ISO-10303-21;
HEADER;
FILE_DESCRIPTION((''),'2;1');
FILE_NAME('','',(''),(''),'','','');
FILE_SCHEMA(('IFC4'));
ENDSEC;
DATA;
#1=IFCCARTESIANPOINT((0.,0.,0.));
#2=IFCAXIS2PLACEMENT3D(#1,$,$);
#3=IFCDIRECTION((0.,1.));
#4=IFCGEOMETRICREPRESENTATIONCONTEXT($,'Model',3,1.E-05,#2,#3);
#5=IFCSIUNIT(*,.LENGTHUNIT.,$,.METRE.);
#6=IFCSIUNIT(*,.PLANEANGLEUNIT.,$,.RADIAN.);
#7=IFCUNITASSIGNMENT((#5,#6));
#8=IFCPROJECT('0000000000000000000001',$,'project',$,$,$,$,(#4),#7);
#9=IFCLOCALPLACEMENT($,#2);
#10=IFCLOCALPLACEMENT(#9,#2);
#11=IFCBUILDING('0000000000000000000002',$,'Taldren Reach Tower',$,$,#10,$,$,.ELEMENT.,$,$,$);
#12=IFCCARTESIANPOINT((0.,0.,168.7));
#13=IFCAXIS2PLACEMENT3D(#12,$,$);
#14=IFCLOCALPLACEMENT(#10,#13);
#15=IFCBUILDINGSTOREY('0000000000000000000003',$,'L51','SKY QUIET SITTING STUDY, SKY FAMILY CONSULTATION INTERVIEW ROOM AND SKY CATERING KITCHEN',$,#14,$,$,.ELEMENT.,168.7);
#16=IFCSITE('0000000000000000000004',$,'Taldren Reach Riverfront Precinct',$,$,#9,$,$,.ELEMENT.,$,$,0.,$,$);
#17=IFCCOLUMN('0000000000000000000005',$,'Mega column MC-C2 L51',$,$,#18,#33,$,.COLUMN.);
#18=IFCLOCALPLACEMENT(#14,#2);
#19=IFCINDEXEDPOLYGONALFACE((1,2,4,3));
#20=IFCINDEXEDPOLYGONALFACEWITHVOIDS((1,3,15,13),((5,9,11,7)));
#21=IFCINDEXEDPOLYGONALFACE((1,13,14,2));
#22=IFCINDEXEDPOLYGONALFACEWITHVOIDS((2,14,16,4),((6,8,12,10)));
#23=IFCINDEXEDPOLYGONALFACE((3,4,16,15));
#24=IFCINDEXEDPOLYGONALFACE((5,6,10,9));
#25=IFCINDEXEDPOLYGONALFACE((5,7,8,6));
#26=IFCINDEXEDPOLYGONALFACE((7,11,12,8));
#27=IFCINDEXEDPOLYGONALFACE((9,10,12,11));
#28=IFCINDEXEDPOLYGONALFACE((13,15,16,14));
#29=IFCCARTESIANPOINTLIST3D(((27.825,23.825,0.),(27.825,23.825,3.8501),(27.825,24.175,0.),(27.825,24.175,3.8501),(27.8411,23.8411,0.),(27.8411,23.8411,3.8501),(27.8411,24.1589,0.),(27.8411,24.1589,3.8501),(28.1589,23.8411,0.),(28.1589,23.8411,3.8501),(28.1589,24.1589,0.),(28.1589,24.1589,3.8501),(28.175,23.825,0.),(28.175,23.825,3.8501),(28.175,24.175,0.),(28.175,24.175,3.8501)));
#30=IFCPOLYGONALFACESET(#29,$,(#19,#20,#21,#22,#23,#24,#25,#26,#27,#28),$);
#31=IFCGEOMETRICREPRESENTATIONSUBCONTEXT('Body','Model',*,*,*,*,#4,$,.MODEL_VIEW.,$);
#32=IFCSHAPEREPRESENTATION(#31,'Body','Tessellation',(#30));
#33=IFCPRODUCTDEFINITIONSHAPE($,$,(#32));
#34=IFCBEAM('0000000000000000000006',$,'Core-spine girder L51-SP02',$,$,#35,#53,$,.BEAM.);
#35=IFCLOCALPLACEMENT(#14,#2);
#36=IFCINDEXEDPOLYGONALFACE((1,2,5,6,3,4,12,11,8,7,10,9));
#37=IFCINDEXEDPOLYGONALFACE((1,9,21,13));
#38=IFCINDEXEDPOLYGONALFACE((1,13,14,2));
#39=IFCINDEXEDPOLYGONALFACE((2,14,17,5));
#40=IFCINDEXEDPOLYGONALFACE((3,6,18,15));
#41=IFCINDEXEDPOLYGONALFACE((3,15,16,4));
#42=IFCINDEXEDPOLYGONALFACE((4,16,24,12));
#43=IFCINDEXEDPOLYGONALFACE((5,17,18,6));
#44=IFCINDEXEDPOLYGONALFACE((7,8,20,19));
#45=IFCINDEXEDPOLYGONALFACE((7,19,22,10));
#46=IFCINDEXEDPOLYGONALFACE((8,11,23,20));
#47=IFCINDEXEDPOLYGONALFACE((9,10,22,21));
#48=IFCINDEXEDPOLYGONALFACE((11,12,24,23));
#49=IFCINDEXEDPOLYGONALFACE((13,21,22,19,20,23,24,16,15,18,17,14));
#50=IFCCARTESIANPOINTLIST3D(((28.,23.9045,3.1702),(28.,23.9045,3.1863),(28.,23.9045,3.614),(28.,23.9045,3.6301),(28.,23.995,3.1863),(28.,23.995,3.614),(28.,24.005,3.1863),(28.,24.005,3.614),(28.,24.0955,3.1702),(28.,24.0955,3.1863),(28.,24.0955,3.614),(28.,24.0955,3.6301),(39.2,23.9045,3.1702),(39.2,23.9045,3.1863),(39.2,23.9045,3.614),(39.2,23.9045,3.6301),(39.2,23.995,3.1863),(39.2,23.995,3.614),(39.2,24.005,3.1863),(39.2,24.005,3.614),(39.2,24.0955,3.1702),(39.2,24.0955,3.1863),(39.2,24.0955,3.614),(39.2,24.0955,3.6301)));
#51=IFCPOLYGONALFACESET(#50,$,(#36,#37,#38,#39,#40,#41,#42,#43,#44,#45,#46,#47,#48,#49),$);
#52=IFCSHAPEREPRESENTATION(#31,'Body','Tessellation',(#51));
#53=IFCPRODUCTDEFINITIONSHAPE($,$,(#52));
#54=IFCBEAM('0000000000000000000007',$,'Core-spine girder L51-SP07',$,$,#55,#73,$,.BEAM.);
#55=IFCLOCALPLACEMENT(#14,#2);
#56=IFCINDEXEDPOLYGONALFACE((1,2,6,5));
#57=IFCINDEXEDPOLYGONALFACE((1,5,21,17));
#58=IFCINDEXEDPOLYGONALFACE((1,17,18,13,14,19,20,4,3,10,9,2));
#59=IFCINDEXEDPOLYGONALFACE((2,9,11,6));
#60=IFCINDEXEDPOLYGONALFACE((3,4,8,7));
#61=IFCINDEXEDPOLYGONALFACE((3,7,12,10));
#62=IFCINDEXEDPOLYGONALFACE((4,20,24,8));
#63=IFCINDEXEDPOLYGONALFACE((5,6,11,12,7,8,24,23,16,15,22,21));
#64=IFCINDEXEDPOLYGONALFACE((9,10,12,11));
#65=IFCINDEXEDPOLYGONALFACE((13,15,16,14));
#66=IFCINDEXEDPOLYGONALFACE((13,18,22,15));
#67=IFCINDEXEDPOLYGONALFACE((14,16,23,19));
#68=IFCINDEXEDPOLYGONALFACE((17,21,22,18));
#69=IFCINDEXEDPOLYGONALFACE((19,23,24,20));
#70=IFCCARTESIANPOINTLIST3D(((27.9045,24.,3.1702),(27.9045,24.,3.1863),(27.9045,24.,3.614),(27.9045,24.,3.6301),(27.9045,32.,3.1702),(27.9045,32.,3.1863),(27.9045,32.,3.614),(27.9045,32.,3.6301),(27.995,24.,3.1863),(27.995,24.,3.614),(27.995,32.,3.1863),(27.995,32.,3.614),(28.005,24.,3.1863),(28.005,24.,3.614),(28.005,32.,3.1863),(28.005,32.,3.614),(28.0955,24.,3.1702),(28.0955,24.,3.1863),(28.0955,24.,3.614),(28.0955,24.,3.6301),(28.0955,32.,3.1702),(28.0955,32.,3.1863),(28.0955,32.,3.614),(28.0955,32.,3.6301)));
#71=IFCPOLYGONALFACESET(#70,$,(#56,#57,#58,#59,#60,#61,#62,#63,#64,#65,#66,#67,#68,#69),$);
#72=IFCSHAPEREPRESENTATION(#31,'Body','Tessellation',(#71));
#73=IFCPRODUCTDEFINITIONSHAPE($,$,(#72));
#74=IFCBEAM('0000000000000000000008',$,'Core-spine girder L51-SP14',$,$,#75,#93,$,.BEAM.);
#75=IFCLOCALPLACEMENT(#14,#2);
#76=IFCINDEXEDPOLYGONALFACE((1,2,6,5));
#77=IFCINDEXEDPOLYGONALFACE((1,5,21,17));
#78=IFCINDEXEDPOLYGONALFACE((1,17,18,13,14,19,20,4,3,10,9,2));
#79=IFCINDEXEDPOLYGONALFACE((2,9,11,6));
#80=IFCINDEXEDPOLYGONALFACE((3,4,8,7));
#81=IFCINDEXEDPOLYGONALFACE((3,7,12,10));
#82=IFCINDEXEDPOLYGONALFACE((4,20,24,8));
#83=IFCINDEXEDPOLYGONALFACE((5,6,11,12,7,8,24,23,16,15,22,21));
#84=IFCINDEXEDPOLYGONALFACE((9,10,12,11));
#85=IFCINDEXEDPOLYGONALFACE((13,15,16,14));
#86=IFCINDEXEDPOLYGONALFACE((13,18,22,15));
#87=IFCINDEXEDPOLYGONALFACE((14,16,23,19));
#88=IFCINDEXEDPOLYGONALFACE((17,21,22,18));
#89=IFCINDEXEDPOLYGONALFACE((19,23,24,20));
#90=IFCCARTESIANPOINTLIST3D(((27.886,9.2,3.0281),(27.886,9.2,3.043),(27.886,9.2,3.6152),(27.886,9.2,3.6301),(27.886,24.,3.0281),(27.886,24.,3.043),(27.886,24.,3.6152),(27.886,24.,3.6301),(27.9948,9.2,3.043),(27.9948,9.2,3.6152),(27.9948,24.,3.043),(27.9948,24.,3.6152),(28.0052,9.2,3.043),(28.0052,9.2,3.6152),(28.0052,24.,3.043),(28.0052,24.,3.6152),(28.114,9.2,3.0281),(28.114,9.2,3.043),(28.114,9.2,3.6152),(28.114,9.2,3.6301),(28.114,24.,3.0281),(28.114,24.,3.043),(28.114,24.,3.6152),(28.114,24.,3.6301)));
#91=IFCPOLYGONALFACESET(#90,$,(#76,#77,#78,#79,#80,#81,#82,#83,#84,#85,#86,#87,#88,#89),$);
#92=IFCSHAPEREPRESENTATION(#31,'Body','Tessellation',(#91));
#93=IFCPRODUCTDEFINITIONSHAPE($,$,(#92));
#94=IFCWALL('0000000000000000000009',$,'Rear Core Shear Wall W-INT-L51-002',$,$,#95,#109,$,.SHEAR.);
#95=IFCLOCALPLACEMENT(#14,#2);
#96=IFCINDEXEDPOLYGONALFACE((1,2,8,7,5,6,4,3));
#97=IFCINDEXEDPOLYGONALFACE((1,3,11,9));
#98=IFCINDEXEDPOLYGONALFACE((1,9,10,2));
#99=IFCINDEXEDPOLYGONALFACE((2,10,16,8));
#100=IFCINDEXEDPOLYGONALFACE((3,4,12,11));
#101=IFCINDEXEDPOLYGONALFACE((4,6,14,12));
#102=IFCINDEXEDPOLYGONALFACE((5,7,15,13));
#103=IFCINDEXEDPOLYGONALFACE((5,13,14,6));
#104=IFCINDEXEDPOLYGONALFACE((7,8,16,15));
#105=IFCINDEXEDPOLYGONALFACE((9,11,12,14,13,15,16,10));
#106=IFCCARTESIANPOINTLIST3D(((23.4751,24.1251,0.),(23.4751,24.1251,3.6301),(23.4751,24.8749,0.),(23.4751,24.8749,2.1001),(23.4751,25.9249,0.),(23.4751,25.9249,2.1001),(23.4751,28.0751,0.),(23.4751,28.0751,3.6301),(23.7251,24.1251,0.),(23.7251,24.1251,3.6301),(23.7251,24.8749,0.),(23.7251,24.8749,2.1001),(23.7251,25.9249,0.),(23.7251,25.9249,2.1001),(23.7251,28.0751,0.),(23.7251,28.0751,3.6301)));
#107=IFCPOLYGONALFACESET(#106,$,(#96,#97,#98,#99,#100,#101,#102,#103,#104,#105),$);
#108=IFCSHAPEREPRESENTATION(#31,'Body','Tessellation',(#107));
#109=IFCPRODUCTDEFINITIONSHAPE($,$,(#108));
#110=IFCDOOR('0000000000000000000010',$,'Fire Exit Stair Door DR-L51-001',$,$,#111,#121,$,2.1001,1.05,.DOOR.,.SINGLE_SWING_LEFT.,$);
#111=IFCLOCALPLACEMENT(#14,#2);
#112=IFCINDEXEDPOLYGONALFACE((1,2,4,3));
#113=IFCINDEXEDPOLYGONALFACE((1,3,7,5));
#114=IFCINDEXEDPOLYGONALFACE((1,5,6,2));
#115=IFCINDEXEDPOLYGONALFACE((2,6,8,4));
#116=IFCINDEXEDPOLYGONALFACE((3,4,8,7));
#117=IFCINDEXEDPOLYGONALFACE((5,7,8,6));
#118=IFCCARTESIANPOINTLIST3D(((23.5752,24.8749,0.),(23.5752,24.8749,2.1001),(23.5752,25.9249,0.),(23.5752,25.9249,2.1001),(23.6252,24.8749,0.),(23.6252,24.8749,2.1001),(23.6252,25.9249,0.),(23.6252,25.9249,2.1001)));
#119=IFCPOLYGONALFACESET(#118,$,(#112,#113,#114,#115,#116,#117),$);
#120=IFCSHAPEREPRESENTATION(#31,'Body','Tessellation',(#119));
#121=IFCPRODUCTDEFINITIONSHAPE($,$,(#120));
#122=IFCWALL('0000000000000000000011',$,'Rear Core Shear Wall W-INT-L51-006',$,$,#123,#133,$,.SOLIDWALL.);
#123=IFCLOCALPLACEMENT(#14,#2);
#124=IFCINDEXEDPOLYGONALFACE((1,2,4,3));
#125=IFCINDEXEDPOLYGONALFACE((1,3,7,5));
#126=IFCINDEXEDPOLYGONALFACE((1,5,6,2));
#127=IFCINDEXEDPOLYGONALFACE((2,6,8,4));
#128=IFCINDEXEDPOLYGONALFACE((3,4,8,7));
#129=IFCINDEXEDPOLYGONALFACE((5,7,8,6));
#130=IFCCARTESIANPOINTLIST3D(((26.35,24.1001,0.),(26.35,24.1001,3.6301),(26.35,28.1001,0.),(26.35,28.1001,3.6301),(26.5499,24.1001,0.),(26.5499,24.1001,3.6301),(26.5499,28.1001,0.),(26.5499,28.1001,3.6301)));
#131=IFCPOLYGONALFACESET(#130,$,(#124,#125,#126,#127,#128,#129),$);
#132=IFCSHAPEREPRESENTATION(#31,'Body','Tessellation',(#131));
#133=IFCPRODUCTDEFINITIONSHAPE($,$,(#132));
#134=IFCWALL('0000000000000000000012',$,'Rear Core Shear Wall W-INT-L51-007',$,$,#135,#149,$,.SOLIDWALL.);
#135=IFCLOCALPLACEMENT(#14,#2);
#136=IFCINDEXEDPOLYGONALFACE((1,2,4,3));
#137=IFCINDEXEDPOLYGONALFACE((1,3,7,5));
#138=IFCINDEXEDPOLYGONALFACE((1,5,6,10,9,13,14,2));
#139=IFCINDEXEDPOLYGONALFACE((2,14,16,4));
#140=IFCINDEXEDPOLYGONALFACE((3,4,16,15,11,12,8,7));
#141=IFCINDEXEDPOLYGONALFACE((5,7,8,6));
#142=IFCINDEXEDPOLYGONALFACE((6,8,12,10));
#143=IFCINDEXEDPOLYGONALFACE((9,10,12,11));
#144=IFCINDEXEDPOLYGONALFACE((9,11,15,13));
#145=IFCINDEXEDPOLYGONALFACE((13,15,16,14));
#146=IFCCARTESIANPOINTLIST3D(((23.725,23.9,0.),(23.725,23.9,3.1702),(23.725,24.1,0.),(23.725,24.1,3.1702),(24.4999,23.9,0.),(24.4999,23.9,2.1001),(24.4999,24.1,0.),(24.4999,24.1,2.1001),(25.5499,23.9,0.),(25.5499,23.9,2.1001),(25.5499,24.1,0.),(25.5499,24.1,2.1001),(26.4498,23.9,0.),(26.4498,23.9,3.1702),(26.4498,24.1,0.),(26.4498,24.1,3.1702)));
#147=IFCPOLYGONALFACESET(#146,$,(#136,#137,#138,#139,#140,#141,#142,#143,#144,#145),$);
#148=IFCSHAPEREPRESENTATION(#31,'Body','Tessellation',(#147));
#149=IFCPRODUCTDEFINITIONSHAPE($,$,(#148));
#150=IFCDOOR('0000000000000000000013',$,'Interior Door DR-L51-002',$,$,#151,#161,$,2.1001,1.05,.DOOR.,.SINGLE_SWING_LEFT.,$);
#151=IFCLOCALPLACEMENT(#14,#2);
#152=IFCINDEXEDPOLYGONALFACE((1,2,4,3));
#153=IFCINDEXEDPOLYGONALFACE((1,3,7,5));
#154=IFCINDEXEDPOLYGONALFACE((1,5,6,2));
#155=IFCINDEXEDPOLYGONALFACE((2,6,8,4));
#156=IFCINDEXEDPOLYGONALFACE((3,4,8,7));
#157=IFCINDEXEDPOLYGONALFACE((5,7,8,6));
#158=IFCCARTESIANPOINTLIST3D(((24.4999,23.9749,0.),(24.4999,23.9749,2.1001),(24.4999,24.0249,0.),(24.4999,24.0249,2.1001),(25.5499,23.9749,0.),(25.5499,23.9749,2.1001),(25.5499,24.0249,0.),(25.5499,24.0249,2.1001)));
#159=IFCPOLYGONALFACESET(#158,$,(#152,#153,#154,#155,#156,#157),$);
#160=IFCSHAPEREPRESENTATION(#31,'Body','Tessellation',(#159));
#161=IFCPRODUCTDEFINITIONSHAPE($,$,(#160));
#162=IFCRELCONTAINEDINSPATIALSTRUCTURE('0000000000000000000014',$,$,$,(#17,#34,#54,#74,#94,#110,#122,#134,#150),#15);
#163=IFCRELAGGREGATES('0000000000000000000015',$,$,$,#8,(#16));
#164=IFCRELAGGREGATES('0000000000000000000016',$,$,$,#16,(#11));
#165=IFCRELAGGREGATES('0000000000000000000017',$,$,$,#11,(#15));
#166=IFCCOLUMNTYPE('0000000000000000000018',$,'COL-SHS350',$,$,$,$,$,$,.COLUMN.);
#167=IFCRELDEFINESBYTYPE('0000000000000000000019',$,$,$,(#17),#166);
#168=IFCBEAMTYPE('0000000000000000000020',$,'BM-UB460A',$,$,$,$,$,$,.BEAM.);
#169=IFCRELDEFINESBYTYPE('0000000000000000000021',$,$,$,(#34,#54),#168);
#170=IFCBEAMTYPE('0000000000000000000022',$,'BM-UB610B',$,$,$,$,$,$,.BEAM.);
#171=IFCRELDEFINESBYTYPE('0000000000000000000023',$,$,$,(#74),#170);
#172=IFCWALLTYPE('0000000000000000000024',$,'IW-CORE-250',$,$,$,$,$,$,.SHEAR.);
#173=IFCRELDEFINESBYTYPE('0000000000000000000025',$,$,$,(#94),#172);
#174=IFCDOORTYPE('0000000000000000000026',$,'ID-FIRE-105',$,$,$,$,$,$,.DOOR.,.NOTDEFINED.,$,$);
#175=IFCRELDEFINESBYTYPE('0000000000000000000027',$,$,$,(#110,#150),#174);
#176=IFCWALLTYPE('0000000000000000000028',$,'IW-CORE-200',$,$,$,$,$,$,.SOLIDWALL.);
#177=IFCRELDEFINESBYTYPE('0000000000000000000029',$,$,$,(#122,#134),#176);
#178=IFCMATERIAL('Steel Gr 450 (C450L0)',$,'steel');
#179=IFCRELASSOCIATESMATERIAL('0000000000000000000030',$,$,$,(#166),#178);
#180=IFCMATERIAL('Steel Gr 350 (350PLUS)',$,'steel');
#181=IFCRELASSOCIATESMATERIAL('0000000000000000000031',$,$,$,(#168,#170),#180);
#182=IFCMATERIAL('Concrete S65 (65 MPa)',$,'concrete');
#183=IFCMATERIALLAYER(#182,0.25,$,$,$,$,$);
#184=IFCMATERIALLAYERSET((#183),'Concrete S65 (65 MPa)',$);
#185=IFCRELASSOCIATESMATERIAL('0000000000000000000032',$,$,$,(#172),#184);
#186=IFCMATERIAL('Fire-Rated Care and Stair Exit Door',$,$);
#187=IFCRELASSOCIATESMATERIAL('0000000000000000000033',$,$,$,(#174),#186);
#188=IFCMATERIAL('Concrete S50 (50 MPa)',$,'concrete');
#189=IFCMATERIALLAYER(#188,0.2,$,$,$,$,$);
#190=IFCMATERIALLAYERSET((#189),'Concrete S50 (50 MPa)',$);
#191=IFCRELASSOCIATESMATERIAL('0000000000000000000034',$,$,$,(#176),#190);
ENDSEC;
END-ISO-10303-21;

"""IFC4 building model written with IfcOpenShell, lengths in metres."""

from ifc_helpers import new_model, si_unit, direction, frame, frame_2d, origin, origin_2d, place, context, subcontext, project, spatial, rectangle, hollow_rectangle, i_section, extrude, source, transform, mapped, material, layer, layer_set, material_profile, profile_set, type_object, element, fill, save


model = new_model("IFC4")

# Units and contexts
model_context = context("Model", 3, precision=1e-05, world=origin(), true_north=direction((0.0, 1.0)))
body_context = subcontext(model_context, "Body", "Model", "MODEL_VIEW")
ifc_project = project(units=[si_unit("LENGTHUNIT", "METRE"), si_unit("PLANEANGLEUNIT", "RADIAN")], contexts=[model_context])

# Site, building, storey
site_placement = place(None, origin())
site = spatial("IfcSite", under=ifc_project, at=site_placement, Name="Taldren Reach Riverfront Precinct", CompositionType="ELEMENT", RefElevation=0.0)
building_placement = place(site_placement, origin())
building = spatial("IfcBuilding", under=site, at=building_placement, Name="Taldren Reach Tower", CompositionType="ELEMENT")
storey_placement = place(building_placement, frame((0.0, 0.0, 168.7)))
storey = spatial("IfcBuildingStorey", under=building, at=storey_placement, Name="L51", Description="SKY QUIET SITTING STUDY, SKY FAMILY CONSULTATION INTERVIEW ROOM AND SKY CATERING KITCHEN", CompositionType="ELEMENT", Elevation=168.7)

# Column
ifc_material_1 = material(Name="Steel Gr 450 (C450L0)", Category="steel")
ifc_material_profile_1 = material_profile(ifc_material_1, hollow_rectangle(XDim=0.3501, YDim=0.3501, WallThickness=0.0161, at=origin_2d()), Name="350x350x16.0SHS")
ifc_profile_set_1 = profile_set([ifc_material_profile_1], Name="Steel Gr 450 (C450L0)")
column_type = type_object("IfcColumnType", Name="COL-SHS350", PredefinedType="COLUMN", material=ifc_profile_set_1)
shared_shape_1 = source(origin(), body_context, "Body", "SweptSolid", [
    extrude(hollow_rectangle(XDim=0.3501, YDim=0.3501, WallThickness=0.0161, at=origin_2d()), origin(), (0.0, 0.0, 1.0), 3.8501),
])
column_placement = place(storey_placement, frame((28.0, 24.0, 0.0), z_axis=(0.0, 0.0, 1.0), x_axis=(1.0, 0.0, 0.0)))
element("IfcColumn", 1, at=column_placement, inside=storey, type_object=column_type, Name="Mega column MC-C2 L51", PredefinedType="COLUMN", context=body_context, shape_type="MappedRepresentation", body=[
    mapped(shared_shape_1, transform((0.0, 0.0, 0.0), scale=1.0)),
])

# Beams
ifc_material_2 = material(Name="Steel Gr 350 (350PLUS)", Category="steel")
ifc_material_profile_2 = material_profile(ifc_material_2, i_section(OverallWidth=0.1909, OverallDepth=0.46, WebThickness=0.01, FlangeThickness=0.0161, at=origin_2d()), Name="460UB82.1")
ifc_profile_set_2 = profile_set([ifc_material_profile_2], Name="Steel Gr 350 (350PLUS)")
beam_type_1 = type_object("IfcBeamType", Name="BM-UB460A", PredefinedType="BEAM", material=ifc_profile_set_2)
shared_shape_2 = source(origin(), body_context, "Body", "SweptSolid", [
    extrude(i_section(OverallWidth=0.1909, OverallDepth=0.46, WebThickness=0.01, FlangeThickness=0.0161, at=origin_2d()), origin(), (0.0, 0.0, 1.0), 11.2),
])
beam_1_placement = place(storey_placement, frame((28.0, 24.0, 3.4001), z_axis=(1.0, 0.0, 0.0), x_axis=(0.0, 1.0, 0.0)))
element("IfcBeam", 2, at=beam_1_placement, inside=storey, type_object=beam_type_1, Name="Core-spine girder L51-SP02", PredefinedType="BEAM", context=body_context, shape_type="MappedRepresentation", body=[
    mapped(shared_shape_2, transform((0.0, 0.0, 0.0), scale=1.0)),
])
shared_shape_3 = source(origin(), body_context, "Body", "SweptSolid", [
    extrude(i_section(OverallWidth=0.1909, OverallDepth=0.46, WebThickness=0.01, FlangeThickness=0.0161, at=origin_2d()), origin(), (0.0, 0.0, 1.0), 8.0),
])
beam_2_placement = place(storey_placement, frame((28.0, 24.0, 3.4001), z_axis=(0.0, 1.0, 0.0), x_axis=(-1.0, 0.0, 0.0)))
element("IfcBeam", 3, at=beam_2_placement, inside=storey, type_object=beam_type_1, Name="Core-spine girder L51-SP07", PredefinedType="BEAM", context=body_context, shape_type="MappedRepresentation", body=[
    mapped(shared_shape_3, transform((0.0, 0.0, 0.0), scale=1.0)),
])
ifc_material_profile_3 = material_profile(ifc_material_2, i_section(OverallWidth=0.228, OverallDepth=0.6021, WebThickness=0.0105, FlangeThickness=0.0149, at=origin_2d()), Name="610UB101")
ifc_profile_set_3 = profile_set([ifc_material_profile_3], Name="Steel Gr 350 (350PLUS)")
beam_type_2 = type_object("IfcBeamType", Name="BM-UB610B", PredefinedType="BEAM", material=ifc_profile_set_3)
shared_shape_4 = source(origin(), body_context, "Body", "SweptSolid", [
    extrude(i_section(OverallWidth=0.228, OverallDepth=0.6021, WebThickness=0.0105, FlangeThickness=0.0149, at=origin_2d()), origin(), (0.0, 0.0, 1.0), 14.8),
])
beam_3_placement = place(storey_placement, frame((28.0, 24.0, 3.3291), z_axis=(0.0, -1.0, 0.0), x_axis=(1.0, 0.0, 0.0)))
element("IfcBeam", 4, at=beam_3_placement, inside=storey, type_object=beam_type_2, Name="Core-spine girder L51-SP14", PredefinedType="BEAM", context=body_context, shape_type="MappedRepresentation", body=[
    mapped(shared_shape_4, transform((0.0, 0.0, 0.0), scale=1.0)),
])

# Wall, opening, door
ifc_material_3 = material(Name="Concrete S65 (65 MPa)", Category="concrete")
ifc_layer_1 = layer(ifc_material_3, 0.25)
ifc_layer_set_1 = layer_set([ifc_layer_1], Name="Concrete S65 (65 MPa)")
wall_type_1 = type_object("IfcWallType", Name="IW-CORE-250", PredefinedType="SHEAR", material=ifc_layer_set_1)
shared_shape_5 = source(origin(), body_context, "Body", "SweptSolid", [
    extrude(rectangle(XDim=3.95, YDim=0.25, at=frame_2d((1.9751, 0.0))), origin(), (0.0, 0.0, 1.0), 3.6301),
])
wall_1_placement = place(storey_placement, frame((23.6001, 24.125, 0.0), z_axis=(0.0, 0.0, 1.0), x_axis=(0.0, 1.0, 0.0)))
wall_1 = element("IfcWall", 5, at=wall_1_placement, inside=storey, type_object=wall_type_1, Name="Rear Core Shear Wall W-INT-L51-002", PredefinedType="SHEAR", context=body_context, shape_type="MappedRepresentation", body=[
    mapped(shared_shape_5, transform((0.0, 0.0, 0.0), scale=1.0)),
])
shared_shape_6 = source(origin(), body_context, "Body", "SweptSolid", [
    extrude(rectangle(XDim=1.05, YDim=2.1001, at=frame_2d((0.5249, 1.05))), frame((0.0, 0.135, 0.0), z_axis=(0.0, -1.0, 0.0), x_axis=(1.0, 0.0, 0.0)), (0.0, 0.0, 1.0), 0.27),
])
opening_1_placement = place(wall_1_placement, frame((0.75, 0.0, 0.0)))
opening_1 = element("IfcOpeningElement", 6, at=opening_1_placement, cuts=wall_1, PredefinedType="OPENING", context=body_context, shape_type="MappedRepresentation", body=[
    mapped(shared_shape_6, transform((0.0, 0.0, 0.0), scale=1.0)),
])
ifc_material_4 = material(Name="Fire-Rated Care and Stair Exit Door")
door_type_1 = type_object("IfcDoorType", Name="ID-FIRE-105", OperationType="NOTDEFINED", PredefinedType="DOOR", material=ifc_material_4)
shared_shape_7 = source(origin(), body_context, "Body", "SweptSolid", [
    extrude(rectangle(XDim=1.05, YDim=2.1001, at=frame_2d((0.5249, 1.05))), frame((0.0, 0.0249, 0.0), z_axis=(0.0, -1.0, 0.0), x_axis=(1.0, 0.0, 0.0)), (0.0, 0.0, 1.0), 0.05),
])
door_1_placement = place(opening_1_placement, origin())
door_1 = element("IfcDoor", 7, at=door_1_placement, inside=storey, type_object=door_type_1, Name="Fire Exit Stair Door DR-L51-001", OperationType="SINGLE_SWING_LEFT", OverallHeight=2.1001, OverallWidth=1.05, PredefinedType="DOOR", context=body_context, shape_type="MappedRepresentation", body=[
    mapped(shared_shape_7, transform((0.0, 0.0, 0.0), scale=1.0)),
])
fill(opening_1, door_1)

# Wall
ifc_material_5 = material(Name="Concrete S50 (50 MPa)", Category="concrete")
ifc_layer_2 = layer(ifc_material_5, 0.2)
ifc_layer_set_2 = layer_set([ifc_layer_2], Name="Concrete S50 (50 MPa)")
wall_type_2 = type_object("IfcWallType", Name="IW-CORE-200", PredefinedType="SOLIDWALL", material=ifc_layer_set_2)
shared_shape_8 = source(origin(), body_context, "Body", "SweptSolid", [
    extrude(rectangle(XDim=4.0, YDim=0.2, at=frame_2d((2.0, 0.0))), origin(), (0.0, 0.0, 1.0), 3.6301),
])
wall_2_placement = place(storey_placement, frame((26.45, 24.1001, 0.0), z_axis=(0.0, 0.0, 1.0), x_axis=(0.0, 1.0, 0.0)))
element("IfcWall", 8, at=wall_2_placement, inside=storey, type_object=wall_type_2, Name="Rear Core Shear Wall W-INT-L51-006", PredefinedType="SOLIDWALL", context=body_context, shape_type="MappedRepresentation", body=[
    mapped(shared_shape_8, transform((0.0, 0.0, 0.0), scale=1.0)),
])

# Wall, opening, door
shared_shape_9 = source(origin(), body_context, "Body", "SweptSolid", [
    extrude(rectangle(XDim=2.7249, YDim=0.2, at=frame_2d((1.3623, 0.0))), origin(), (0.0, 0.0, 1.0), 3.1702),
])
wall_3_placement = place(storey_placement, frame((23.7251, 24.0, 0.0), z_axis=(0.0, 0.0, 1.0), x_axis=(1.0, 0.0, 0.0)))
wall_3 = element("IfcWall", 9, at=wall_3_placement, inside=storey, type_object=wall_type_2, Name="Rear Core Shear Wall W-INT-L51-007", PredefinedType="SOLIDWALL", context=body_context, shape_type="MappedRepresentation", body=[
    mapped(shared_shape_9, transform((0.0, 0.0, 0.0), scale=1.0)),
])
shared_shape_10 = source(origin(), body_context, "Body", "SweptSolid", [
    extrude(rectangle(XDim=1.05, YDim=2.1001, at=frame_2d((0.5249, 1.05))), frame((0.0, 0.1099, 0.0), z_axis=(0.0, -1.0, 0.0), x_axis=(1.0, 0.0, 0.0)), (0.0, 0.0, 1.0), 0.22),
])
opening_2_placement = place(wall_3_placement, frame((0.7749, 0.0, 0.0)))
opening_2 = element("IfcOpeningElement", 10, at=opening_2_placement, cuts=wall_3, PredefinedType="OPENING", context=body_context, shape_type="MappedRepresentation", body=[
    mapped(shared_shape_10, transform((0.0, 0.0, 0.0), scale=1.0)),
])
door_2_placement = place(opening_2_placement, origin())
door_2 = element("IfcDoor", 11, at=door_2_placement, inside=storey, type_object=door_type_1, Name="Interior Door DR-L51-002", OperationType="SINGLE_SWING_LEFT", OverallHeight=2.1001, OverallWidth=1.05, PredefinedType="DOOR", context=body_context, shape_type="MappedRepresentation", body=[
    mapped(shared_shape_7, transform((0.0, 0.0, 0.0), scale=1.0)),
])
fill(opening_2, door_2)

save(model, "model.ifc")
